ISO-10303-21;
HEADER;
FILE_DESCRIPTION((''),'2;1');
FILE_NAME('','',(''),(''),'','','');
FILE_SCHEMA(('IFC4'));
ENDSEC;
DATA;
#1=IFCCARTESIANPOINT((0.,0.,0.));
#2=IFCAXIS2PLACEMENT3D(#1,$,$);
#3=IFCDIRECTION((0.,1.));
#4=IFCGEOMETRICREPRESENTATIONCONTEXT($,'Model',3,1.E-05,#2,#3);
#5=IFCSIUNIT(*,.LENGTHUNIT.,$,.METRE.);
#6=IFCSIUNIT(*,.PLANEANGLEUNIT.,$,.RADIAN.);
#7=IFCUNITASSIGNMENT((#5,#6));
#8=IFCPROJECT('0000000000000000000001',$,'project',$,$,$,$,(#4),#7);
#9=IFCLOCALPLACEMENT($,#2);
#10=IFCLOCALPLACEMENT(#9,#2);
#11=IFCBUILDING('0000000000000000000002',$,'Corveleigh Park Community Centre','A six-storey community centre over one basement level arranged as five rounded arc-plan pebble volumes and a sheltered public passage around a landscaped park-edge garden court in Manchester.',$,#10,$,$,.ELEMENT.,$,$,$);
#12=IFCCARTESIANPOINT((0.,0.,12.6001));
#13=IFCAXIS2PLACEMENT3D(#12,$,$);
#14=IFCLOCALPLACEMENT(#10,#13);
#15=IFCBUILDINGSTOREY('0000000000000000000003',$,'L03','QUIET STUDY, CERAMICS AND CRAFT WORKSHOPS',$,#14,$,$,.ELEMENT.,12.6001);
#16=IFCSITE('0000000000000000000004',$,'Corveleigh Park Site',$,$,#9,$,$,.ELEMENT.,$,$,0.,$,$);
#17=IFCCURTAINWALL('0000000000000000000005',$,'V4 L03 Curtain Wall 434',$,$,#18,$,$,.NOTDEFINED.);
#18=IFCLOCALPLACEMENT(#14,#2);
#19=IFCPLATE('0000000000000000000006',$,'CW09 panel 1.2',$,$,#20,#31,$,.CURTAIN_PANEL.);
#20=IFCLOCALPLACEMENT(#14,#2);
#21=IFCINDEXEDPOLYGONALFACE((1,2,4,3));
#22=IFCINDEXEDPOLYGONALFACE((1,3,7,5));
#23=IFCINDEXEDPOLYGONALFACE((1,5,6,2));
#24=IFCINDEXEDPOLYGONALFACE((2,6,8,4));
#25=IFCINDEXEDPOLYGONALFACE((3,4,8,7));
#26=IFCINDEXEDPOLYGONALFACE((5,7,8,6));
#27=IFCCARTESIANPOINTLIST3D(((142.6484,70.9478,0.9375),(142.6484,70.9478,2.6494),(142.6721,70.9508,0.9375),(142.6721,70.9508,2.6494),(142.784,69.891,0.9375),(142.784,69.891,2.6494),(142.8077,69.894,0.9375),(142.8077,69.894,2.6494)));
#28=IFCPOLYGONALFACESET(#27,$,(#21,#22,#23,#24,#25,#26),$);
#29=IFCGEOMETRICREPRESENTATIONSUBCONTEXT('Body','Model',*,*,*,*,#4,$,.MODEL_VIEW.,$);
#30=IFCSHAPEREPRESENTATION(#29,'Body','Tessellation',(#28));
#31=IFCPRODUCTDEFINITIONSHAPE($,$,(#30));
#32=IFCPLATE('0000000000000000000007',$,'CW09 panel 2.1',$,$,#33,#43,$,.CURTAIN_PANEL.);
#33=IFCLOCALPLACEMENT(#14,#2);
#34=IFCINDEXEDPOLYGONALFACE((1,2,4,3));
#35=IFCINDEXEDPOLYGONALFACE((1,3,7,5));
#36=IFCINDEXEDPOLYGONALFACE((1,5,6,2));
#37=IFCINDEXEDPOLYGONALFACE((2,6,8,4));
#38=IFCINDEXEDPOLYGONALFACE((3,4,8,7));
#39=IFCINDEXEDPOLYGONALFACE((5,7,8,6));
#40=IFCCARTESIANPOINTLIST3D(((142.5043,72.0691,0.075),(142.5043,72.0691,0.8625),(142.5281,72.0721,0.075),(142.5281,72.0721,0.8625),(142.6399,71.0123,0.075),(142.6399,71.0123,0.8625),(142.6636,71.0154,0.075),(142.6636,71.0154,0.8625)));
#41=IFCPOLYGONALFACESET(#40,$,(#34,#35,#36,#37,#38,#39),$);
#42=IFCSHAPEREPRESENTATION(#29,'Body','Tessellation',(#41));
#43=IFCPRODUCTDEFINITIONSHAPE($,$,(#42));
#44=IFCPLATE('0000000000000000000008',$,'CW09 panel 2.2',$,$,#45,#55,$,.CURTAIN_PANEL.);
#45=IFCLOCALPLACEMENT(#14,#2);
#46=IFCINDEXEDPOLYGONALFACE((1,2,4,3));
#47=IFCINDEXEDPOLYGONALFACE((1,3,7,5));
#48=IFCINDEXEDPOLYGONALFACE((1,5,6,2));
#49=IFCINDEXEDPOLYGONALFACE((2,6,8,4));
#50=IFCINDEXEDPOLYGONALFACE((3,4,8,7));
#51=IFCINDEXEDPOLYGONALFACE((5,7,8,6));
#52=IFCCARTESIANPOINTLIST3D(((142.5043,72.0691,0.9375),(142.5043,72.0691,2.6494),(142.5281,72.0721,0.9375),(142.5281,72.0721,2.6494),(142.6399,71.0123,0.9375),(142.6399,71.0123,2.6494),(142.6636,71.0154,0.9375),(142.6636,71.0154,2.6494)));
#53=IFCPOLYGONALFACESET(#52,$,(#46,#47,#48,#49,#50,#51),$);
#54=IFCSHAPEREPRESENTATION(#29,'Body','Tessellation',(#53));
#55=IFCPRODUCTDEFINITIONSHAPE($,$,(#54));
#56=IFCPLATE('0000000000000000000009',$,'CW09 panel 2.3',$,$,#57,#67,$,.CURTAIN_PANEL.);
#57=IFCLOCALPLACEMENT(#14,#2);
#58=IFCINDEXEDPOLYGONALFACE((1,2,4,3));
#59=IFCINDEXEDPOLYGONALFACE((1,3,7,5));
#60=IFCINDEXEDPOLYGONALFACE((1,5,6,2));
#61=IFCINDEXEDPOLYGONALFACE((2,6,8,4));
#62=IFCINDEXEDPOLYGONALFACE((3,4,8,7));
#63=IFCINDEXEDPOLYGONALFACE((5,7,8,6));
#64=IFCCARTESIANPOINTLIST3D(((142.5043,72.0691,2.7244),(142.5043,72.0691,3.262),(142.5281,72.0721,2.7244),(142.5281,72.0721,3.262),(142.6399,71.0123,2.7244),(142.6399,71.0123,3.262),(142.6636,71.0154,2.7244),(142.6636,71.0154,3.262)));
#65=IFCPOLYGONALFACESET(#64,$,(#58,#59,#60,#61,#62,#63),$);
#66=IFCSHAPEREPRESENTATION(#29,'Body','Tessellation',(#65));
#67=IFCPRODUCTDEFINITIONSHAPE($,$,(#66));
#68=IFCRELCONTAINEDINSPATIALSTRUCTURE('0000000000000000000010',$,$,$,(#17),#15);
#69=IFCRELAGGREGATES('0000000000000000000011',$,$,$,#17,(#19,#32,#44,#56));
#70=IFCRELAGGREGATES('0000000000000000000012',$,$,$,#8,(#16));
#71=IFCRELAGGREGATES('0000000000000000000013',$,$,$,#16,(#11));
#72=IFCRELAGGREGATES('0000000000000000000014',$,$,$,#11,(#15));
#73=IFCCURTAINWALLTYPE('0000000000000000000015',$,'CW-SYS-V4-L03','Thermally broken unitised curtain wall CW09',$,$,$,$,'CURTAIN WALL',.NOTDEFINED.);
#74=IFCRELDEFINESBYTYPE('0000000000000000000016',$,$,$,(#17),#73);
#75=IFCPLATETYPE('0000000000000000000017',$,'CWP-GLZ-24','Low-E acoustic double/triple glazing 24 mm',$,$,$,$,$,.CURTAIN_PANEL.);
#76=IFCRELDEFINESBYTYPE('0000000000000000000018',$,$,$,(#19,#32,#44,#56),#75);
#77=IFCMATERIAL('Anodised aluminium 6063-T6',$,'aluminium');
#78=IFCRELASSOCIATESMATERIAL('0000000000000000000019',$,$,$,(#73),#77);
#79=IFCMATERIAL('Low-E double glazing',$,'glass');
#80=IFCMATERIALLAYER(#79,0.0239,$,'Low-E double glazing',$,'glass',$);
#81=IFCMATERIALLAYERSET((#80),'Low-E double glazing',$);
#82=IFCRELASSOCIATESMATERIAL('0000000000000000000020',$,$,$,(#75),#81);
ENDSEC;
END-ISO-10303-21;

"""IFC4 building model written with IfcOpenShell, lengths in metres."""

from ifc_helpers import new_model, si_unit, direction, frame, origin, origin_2d, place, context, subcontext, project, spatial, rectangle, extrude, material, layer, layer_set, type_object, element, aggregate, save


model = new_model("IFC4")

# Units and contexts
model_context = context("Model", 3, precision=1e-05, world=origin(), true_north=direction((0.0, 1.0)))
body_context = subcontext(model_context, "Body", "Model", "MODEL_VIEW")
ifc_project = project(units=[si_unit("LENGTHUNIT", "METRE"), si_unit("PLANEANGLEUNIT", "RADIAN")], contexts=[model_context])

# Site, building, storey
site_placement = place(None, origin())
site = spatial("IfcSite", under=ifc_project, at=site_placement, Name="Corveleigh Park Site", CompositionType="ELEMENT", RefElevation=0.0)
building_placement = place(site_placement, origin())
building = spatial("IfcBuilding", under=site, at=building_placement, Name="Corveleigh Park Community Centre", Description="A six-storey community centre over one basement level arranged as five rounded arc-plan pebble volumes and a sheltered public passage around a landscaped park-edge garden court in Manchester.", CompositionType="ELEMENT")
storey_placement = place(building_placement, frame((0.0, 0.0, 12.6001)))
storey = spatial("IfcBuildingStorey", under=building, at=storey_placement, Name="L03", Description="QUIET STUDY, CERAMICS AND CRAFT WORKSHOPS", CompositionType="ELEMENT", Elevation=12.6001)

# Curtain wall
ifc_material_1 = material(Name="Anodised aluminium 6063-T6", Category="aluminium")
curtain_wall_type = type_object("IfcCurtainWallType", Name="CW-SYS-V4-L03", Description="Thermally broken unitised curtain wall CW09", ElementType="CURTAIN WALL", PredefinedType="NOTDEFINED", material=ifc_material_1)
curtain_wall_1_placement = place(storey_placement, origin())
curtain_wall_1 = element("IfcCurtainWall", 1, at=curtain_wall_1_placement, inside=storey, type_object=curtain_wall_type, Name="V4 L03 Curtain Wall 434", PredefinedType="NOTDEFINED")

# Plates
ifc_material_2 = material(Name="Low-E double glazing", Category="glass")
ifc_layer = layer(ifc_material_2, 0.0239, Name="Low-E double glazing", Category="glass")
ifc_layer_set = layer_set([ifc_layer], Name="Low-E double glazing")
plate_type = type_object("IfcPlateType", Name="CWP-GLZ-24", Description="Low-E acoustic double/triple glazing 24 mm", PredefinedType="CURTAIN_PANEL", material=ifc_layer_set)
plate_1_placement = place(storey_placement, frame((142.728, 70.4209, 0.9375), z_axis=(0.0, 0.0, 1.0), x_axis=(-0.127262, 0.991869, 0.0)))
plate_1 = element("IfcPlate", 2, at=plate_1_placement, type_object=plate_type, Name="CW09 panel 1.2", PredefinedType="CURTAIN_PANEL", context=body_context, shape_type="SweptSolid", body=[
    extrude(rectangle(XDim=1.0654, YDim=0.0239, at=origin_2d()), origin(), (0.0, 0.0, 1.0), 1.7119),
])
plate_2_placement = place(storey_placement, frame((142.584, 71.5422, 0.075), z_axis=(0.0, 0.0, 1.0), x_axis=(-0.127262, 0.991869, 0.0)))
plate_2 = element("IfcPlate", 3, at=plate_2_placement, type_object=plate_type, Name="CW09 panel 2.1", PredefinedType="CURTAIN_PANEL", context=body_context, shape_type="SweptSolid", body=[
    extrude(rectangle(XDim=1.0654, YDim=0.0239, at=origin_2d()), origin(), (0.0, 0.0, 1.0), 0.7876),
])
plate_3_placement = place(storey_placement, frame((142.584, 71.5422, 0.9375), z_axis=(0.0, 0.0, 1.0), x_axis=(-0.127262, 0.991869, 0.0)))
plate_3 = element("IfcPlate", 4, at=plate_3_placement, type_object=plate_type, Name="CW09 panel 2.2", PredefinedType="CURTAIN_PANEL", context=body_context, shape_type="SweptSolid", body=[
    extrude(rectangle(XDim=1.0654, YDim=0.0239, at=origin_2d()), origin(), (0.0, 0.0, 1.0), 1.7119),
])
plate_4_placement = place(storey_placement, frame((142.584, 71.5422, 2.7244), z_axis=(0.0, 0.0, 1.0), x_axis=(-0.127262, 0.991869, 0.0)))
plate_4 = element("IfcPlate", 5, at=plate_4_placement, type_object=plate_type, Name="CW09 panel 2.3", PredefinedType="CURTAIN_PANEL", context=body_context, shape_type="SweptSolid", body=[
    extrude(rectangle(XDim=1.0654, YDim=0.0239, at=origin_2d()), origin(), (0.0, 0.0, 1.0), 0.5376),
])
aggregate(curtain_wall_1, [plate_1, plate_2, plate_3, plate_4])

save(model, "model.ifc")
